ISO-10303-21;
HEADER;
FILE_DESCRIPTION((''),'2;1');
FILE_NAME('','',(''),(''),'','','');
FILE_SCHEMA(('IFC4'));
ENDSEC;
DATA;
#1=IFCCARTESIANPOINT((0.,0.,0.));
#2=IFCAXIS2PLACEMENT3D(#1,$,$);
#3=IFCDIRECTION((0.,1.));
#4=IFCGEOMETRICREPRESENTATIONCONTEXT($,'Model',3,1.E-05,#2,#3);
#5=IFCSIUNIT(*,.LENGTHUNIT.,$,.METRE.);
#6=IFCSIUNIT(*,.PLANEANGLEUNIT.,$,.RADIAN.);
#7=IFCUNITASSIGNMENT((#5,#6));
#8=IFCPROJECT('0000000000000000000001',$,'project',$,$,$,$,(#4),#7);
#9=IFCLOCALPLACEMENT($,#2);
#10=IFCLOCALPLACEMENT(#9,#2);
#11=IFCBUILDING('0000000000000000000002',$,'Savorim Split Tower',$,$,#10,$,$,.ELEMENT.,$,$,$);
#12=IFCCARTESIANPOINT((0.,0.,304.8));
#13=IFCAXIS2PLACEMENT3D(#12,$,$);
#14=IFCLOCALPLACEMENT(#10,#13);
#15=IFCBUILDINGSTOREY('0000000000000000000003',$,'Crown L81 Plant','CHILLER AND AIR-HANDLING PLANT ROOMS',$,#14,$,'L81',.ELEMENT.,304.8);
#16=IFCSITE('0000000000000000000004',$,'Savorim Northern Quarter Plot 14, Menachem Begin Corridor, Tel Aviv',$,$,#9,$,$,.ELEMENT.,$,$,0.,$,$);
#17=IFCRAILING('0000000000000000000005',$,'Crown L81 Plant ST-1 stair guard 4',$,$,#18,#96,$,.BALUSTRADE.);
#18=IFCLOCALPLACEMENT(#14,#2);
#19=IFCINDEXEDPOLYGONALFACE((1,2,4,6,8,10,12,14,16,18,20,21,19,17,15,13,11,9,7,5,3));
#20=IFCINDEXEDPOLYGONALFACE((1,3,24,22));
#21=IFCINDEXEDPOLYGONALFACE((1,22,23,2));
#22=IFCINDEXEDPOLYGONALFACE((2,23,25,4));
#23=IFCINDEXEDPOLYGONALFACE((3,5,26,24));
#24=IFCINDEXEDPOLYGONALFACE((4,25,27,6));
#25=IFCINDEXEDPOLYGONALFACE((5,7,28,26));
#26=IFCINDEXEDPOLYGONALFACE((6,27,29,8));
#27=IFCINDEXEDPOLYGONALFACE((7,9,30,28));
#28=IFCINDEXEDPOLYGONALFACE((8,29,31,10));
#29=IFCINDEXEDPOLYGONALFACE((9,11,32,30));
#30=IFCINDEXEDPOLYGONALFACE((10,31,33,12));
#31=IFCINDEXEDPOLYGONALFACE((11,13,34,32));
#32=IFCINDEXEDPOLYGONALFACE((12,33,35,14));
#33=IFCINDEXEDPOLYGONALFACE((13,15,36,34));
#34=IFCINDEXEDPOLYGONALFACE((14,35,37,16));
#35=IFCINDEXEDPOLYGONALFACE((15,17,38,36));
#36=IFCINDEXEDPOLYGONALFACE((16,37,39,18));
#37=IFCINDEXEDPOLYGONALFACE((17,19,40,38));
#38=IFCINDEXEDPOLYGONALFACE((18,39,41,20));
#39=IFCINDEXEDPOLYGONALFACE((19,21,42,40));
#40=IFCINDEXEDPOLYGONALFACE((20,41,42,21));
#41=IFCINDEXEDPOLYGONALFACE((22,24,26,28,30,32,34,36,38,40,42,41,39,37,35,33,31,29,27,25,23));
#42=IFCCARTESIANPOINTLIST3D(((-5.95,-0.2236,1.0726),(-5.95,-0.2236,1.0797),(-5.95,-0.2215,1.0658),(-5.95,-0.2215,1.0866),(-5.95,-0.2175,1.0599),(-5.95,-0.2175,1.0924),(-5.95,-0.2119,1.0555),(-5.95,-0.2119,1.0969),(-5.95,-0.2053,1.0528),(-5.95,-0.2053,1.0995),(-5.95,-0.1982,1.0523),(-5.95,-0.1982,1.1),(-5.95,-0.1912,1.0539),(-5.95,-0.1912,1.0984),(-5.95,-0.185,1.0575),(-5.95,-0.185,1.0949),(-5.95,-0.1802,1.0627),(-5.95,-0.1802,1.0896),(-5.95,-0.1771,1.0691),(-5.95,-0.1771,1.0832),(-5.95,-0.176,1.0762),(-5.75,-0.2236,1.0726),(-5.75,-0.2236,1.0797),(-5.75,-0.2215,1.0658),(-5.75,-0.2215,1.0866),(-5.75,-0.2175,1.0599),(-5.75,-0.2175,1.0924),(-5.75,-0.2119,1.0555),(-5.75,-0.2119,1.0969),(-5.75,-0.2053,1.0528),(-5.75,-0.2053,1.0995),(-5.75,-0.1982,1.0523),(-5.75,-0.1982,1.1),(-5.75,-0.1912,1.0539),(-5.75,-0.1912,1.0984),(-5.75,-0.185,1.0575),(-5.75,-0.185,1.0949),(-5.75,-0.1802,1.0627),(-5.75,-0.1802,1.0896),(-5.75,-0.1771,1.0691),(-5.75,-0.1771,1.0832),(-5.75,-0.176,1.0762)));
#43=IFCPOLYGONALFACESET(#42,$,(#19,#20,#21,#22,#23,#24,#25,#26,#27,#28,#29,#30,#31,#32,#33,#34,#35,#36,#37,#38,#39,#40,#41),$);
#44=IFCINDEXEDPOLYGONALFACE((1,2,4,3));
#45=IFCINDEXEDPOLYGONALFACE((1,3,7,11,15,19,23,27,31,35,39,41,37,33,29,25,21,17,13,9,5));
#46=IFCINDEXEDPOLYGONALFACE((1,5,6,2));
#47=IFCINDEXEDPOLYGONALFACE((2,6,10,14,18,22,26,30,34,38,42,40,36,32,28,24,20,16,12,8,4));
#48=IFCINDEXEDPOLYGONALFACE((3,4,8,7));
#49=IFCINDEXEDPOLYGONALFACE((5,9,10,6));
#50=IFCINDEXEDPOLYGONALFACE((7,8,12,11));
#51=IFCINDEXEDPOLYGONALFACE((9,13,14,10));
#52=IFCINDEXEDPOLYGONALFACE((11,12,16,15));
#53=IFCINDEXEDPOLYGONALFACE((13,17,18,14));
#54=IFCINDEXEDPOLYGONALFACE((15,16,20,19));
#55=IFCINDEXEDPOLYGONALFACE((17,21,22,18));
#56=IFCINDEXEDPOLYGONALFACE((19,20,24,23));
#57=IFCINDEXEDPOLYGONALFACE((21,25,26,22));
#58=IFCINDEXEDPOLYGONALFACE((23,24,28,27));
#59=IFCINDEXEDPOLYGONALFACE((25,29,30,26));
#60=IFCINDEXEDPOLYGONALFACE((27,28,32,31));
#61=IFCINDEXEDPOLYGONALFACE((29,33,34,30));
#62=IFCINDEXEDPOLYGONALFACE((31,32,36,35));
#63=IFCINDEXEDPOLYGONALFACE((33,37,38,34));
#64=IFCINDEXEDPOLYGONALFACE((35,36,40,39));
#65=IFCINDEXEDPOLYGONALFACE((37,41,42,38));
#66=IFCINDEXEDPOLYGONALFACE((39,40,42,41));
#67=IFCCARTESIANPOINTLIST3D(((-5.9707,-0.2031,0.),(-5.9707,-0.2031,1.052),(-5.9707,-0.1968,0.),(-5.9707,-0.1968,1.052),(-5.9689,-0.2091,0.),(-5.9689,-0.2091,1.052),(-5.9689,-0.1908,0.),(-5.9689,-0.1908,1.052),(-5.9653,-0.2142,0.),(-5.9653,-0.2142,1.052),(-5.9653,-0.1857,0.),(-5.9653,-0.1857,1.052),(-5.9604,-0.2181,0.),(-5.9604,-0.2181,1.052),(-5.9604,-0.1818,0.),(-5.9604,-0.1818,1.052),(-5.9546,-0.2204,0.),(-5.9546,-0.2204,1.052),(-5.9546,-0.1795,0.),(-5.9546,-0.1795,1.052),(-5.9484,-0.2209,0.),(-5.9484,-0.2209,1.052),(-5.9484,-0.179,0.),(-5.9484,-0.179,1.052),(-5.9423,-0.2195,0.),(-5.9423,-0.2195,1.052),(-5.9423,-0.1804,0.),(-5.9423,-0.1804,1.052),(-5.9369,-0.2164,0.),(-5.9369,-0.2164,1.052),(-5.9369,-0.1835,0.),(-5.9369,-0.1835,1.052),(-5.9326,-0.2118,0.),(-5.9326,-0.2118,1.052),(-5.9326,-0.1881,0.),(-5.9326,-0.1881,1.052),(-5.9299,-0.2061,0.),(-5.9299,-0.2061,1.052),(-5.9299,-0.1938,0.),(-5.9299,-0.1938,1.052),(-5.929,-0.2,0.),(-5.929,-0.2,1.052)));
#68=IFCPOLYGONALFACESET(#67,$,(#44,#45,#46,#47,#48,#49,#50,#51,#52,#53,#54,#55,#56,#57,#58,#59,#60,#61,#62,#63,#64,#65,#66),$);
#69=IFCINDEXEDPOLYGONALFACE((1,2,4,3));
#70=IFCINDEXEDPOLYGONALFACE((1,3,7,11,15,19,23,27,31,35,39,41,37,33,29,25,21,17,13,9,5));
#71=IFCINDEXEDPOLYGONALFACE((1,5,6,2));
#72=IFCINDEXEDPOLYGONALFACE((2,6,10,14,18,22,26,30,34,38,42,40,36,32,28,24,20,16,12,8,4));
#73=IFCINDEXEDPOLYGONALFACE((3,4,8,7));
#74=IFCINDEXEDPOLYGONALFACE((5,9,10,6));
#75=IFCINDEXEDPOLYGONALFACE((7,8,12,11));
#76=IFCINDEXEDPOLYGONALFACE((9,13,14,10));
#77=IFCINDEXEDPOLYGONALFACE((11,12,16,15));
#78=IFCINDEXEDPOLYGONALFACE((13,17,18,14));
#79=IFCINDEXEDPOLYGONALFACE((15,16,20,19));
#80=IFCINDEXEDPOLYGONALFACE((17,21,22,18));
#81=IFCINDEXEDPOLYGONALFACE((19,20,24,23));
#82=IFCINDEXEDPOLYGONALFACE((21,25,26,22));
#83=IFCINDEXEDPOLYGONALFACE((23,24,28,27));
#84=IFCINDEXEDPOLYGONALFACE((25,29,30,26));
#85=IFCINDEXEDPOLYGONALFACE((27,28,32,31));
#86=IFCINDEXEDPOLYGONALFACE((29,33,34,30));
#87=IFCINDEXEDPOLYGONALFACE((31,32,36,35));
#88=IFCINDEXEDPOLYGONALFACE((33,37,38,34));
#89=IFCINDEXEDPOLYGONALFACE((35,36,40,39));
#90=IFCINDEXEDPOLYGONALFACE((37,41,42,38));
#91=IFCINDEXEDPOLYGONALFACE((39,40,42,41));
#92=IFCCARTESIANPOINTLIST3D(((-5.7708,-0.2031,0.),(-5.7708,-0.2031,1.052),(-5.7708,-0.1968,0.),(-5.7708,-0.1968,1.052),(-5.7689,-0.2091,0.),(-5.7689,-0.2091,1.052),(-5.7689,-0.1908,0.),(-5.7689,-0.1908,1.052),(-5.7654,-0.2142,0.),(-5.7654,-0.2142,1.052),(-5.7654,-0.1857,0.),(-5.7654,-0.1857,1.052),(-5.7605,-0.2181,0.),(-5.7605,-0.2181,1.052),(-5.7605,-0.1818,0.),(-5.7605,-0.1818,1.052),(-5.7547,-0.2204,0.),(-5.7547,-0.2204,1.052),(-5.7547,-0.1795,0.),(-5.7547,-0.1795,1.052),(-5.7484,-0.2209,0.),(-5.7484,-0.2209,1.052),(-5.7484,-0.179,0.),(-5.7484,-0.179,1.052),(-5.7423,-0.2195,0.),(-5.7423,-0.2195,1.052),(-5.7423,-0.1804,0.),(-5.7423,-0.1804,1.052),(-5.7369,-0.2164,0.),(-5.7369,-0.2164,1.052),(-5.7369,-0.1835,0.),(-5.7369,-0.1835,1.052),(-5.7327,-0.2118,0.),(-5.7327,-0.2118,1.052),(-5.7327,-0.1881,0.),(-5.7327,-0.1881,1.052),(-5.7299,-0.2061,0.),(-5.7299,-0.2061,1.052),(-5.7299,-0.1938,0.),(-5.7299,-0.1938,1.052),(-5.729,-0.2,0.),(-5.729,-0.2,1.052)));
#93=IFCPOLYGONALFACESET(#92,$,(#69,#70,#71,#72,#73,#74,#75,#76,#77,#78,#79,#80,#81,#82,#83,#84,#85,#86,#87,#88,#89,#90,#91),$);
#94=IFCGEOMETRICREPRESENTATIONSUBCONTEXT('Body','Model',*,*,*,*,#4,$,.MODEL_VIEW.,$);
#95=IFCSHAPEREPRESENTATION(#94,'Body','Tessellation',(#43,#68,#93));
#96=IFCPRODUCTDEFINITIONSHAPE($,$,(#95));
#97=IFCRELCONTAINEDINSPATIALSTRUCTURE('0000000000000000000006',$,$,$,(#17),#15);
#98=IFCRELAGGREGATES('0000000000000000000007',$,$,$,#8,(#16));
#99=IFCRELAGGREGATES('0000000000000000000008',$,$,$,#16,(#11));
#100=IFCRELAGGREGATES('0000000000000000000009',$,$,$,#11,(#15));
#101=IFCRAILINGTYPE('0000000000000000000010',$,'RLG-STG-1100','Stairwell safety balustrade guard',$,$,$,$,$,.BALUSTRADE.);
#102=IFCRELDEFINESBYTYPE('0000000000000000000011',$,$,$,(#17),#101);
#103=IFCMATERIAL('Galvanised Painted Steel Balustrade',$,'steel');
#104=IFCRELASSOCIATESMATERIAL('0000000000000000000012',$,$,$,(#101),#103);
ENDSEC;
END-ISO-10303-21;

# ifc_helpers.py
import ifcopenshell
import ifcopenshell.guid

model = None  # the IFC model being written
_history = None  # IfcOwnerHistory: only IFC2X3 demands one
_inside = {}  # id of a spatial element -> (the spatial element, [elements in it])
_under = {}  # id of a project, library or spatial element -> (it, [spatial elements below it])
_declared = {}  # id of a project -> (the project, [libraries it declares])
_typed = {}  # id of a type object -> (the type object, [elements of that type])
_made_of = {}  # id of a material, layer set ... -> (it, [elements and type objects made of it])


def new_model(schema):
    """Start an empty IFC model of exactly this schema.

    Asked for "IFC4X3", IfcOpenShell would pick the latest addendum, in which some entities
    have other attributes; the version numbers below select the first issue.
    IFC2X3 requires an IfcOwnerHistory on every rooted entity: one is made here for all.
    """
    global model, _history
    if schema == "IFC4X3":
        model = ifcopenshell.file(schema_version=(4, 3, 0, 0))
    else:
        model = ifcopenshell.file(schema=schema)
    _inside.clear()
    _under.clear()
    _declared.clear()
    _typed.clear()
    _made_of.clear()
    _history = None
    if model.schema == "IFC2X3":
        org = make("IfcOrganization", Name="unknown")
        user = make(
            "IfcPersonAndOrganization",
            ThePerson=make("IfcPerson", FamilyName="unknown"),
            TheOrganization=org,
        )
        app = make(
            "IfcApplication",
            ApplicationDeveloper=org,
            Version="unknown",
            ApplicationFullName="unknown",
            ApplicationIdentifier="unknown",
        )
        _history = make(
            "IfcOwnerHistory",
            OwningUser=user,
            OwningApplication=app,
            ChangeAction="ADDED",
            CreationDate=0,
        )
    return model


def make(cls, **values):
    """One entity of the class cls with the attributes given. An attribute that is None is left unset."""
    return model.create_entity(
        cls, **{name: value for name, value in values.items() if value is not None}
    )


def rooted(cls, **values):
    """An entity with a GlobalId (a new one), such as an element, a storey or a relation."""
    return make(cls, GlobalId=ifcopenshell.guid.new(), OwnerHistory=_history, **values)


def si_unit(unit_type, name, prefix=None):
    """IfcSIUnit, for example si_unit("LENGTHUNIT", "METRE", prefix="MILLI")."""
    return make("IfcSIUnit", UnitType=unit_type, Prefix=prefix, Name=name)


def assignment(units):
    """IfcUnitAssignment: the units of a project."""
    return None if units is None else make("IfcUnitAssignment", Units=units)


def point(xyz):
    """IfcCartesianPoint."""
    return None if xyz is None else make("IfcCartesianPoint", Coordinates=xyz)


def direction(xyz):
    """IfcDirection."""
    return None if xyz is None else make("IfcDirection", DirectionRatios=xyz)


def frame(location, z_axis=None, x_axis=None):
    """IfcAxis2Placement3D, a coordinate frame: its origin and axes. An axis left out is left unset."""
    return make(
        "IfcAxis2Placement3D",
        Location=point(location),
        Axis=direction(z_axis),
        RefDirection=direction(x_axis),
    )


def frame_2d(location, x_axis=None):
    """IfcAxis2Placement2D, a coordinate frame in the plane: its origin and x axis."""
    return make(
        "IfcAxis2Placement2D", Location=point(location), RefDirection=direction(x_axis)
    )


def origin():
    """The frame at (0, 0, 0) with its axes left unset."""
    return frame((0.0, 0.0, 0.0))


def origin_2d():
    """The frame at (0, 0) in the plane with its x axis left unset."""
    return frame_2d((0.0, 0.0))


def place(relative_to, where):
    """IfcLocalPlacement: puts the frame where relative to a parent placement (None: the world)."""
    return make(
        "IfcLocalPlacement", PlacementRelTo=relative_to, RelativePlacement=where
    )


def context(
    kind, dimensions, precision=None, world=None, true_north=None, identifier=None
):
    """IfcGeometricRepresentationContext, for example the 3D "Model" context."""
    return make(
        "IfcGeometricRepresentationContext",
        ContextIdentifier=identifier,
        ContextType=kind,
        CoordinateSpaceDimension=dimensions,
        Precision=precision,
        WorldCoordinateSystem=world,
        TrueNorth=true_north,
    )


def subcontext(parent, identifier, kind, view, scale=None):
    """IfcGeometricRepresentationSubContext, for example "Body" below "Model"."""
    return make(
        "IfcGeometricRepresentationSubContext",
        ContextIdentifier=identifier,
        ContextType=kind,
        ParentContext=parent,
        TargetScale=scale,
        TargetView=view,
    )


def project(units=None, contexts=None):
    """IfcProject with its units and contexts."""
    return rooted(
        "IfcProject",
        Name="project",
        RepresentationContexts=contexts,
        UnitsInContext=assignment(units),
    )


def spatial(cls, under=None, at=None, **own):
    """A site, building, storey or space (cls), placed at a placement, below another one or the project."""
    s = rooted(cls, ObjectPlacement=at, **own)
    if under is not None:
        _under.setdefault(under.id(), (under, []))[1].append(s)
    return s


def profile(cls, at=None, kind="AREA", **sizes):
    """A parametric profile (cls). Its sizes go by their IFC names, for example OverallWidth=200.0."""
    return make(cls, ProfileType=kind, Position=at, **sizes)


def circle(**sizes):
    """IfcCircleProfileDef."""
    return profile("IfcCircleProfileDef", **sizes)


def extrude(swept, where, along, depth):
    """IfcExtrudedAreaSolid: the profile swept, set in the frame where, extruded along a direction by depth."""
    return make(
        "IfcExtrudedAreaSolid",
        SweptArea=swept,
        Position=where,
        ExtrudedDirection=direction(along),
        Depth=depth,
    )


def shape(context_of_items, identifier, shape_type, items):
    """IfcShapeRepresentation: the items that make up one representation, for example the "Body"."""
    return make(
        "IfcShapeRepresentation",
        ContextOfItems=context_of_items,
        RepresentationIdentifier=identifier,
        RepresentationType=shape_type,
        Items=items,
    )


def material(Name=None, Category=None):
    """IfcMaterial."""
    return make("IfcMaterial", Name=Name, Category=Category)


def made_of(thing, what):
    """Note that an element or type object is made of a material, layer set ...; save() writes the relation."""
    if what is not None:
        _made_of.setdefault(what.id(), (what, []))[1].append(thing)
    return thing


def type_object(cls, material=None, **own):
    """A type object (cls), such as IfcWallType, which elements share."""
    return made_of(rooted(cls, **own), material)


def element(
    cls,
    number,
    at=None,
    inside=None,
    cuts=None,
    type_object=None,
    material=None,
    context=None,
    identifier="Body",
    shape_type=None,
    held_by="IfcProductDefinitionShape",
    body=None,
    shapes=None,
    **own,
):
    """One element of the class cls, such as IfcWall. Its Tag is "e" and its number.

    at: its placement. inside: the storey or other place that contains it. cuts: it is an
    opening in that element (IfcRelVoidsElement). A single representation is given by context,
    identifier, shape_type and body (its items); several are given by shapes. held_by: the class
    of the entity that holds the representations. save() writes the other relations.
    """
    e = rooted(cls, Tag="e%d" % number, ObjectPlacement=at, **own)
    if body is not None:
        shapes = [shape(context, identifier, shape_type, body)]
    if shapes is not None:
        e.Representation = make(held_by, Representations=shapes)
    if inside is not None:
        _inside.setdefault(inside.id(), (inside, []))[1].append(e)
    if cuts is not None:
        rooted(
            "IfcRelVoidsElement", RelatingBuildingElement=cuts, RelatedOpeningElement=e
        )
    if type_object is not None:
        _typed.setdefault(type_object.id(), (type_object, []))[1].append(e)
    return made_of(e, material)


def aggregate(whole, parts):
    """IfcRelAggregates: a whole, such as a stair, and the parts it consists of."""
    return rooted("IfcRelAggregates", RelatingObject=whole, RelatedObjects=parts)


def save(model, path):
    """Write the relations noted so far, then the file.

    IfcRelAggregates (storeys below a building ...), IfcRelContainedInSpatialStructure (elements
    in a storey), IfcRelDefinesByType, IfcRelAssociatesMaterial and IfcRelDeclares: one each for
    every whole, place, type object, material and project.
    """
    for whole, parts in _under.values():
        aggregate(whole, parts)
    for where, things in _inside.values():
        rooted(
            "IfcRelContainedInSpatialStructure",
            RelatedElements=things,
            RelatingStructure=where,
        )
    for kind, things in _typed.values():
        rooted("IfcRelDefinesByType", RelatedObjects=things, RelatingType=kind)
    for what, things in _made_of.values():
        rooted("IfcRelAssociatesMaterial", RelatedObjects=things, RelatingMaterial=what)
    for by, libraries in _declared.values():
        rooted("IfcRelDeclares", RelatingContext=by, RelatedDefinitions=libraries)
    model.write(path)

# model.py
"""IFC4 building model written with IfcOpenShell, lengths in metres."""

from ifc_helpers import new_model, si_unit, direction, frame, origin, origin_2d, place, context, subcontext, project, spatial, circle, extrude, material, type_object, element, save


model = new_model("IFC4")

# Units and contexts
model_context = context("Model", 3, precision=1e-05, world=origin(), true_north=direction((0.0, 1.0)))
body_context = subcontext(model_context, "Body", "Model", "MODEL_VIEW")
ifc_project = project(units=[si_unit("LENGTHUNIT", "METRE"), si_unit("PLANEANGLEUNIT", "RADIAN")], contexts=[model_context])

# Site, building, storey
site_placement = place(None, origin())
site = spatial("IfcSite", under=ifc_project, at=site_placement, Name="Savorim Northern Quarter Plot 14, Menachem Begin Corridor, Tel Aviv", CompositionType="ELEMENT", RefElevation=0.0)
building_placement = place(site_placement, origin())
building = spatial("IfcBuilding", under=site, at=building_placement, Name="Savorim Split Tower", CompositionType="ELEMENT")
storey_placement = place(building_placement, frame((0.0, 0.0, 304.8)))
storey = spatial("IfcBuildingStorey", under=building, at=storey_placement, Name="Crown L81 Plant", Description="CHILLER AND AIR-HANDLING PLANT ROOMS", LongName="L81", CompositionType="ELEMENT", Elevation=304.8)

# Railing
ifc_material_1 = material(Name="Galvanised Painted Steel Balustrade", Category="steel")
railing_type_1 = type_object("IfcRailingType", Name="RLG-STG-1100", Description="Stairwell safety balustrade guard", PredefinedType="BALUSTRADE", material=ifc_material_1)
railing_1_placement = place(storey_placement, frame((-5.95, -0.2, 0.0)))
element("IfcRailing", 1, at=railing_1_placement, inside=storey, type_object=railing_type_1, Name="Crown L81 Plant ST-1 stair guard 4", PredefinedType="BALUSTRADE", context=body_context, shape_type="SweptSolid", body=[
    extrude(circle(Radius=0.0239, at=origin_2d()), frame((0.0, 0.0, 1.0762), z_axis=(1.0, 0.0, 0.0), x_axis=(0.0, 1.0, 0.0)), (0.0, 0.0, 1.0), 0.2),
    extrude(circle(Radius=0.021, at=origin_2d()), origin(), (0.0, 0.0, 1.0), 1.052),
    extrude(circle(Radius=0.021, at=origin_2d()), frame((0.2, 0.0, 0.0)), (0.0, 0.0, 1.0), 1.052),
])

save(model, "model.ifc")
